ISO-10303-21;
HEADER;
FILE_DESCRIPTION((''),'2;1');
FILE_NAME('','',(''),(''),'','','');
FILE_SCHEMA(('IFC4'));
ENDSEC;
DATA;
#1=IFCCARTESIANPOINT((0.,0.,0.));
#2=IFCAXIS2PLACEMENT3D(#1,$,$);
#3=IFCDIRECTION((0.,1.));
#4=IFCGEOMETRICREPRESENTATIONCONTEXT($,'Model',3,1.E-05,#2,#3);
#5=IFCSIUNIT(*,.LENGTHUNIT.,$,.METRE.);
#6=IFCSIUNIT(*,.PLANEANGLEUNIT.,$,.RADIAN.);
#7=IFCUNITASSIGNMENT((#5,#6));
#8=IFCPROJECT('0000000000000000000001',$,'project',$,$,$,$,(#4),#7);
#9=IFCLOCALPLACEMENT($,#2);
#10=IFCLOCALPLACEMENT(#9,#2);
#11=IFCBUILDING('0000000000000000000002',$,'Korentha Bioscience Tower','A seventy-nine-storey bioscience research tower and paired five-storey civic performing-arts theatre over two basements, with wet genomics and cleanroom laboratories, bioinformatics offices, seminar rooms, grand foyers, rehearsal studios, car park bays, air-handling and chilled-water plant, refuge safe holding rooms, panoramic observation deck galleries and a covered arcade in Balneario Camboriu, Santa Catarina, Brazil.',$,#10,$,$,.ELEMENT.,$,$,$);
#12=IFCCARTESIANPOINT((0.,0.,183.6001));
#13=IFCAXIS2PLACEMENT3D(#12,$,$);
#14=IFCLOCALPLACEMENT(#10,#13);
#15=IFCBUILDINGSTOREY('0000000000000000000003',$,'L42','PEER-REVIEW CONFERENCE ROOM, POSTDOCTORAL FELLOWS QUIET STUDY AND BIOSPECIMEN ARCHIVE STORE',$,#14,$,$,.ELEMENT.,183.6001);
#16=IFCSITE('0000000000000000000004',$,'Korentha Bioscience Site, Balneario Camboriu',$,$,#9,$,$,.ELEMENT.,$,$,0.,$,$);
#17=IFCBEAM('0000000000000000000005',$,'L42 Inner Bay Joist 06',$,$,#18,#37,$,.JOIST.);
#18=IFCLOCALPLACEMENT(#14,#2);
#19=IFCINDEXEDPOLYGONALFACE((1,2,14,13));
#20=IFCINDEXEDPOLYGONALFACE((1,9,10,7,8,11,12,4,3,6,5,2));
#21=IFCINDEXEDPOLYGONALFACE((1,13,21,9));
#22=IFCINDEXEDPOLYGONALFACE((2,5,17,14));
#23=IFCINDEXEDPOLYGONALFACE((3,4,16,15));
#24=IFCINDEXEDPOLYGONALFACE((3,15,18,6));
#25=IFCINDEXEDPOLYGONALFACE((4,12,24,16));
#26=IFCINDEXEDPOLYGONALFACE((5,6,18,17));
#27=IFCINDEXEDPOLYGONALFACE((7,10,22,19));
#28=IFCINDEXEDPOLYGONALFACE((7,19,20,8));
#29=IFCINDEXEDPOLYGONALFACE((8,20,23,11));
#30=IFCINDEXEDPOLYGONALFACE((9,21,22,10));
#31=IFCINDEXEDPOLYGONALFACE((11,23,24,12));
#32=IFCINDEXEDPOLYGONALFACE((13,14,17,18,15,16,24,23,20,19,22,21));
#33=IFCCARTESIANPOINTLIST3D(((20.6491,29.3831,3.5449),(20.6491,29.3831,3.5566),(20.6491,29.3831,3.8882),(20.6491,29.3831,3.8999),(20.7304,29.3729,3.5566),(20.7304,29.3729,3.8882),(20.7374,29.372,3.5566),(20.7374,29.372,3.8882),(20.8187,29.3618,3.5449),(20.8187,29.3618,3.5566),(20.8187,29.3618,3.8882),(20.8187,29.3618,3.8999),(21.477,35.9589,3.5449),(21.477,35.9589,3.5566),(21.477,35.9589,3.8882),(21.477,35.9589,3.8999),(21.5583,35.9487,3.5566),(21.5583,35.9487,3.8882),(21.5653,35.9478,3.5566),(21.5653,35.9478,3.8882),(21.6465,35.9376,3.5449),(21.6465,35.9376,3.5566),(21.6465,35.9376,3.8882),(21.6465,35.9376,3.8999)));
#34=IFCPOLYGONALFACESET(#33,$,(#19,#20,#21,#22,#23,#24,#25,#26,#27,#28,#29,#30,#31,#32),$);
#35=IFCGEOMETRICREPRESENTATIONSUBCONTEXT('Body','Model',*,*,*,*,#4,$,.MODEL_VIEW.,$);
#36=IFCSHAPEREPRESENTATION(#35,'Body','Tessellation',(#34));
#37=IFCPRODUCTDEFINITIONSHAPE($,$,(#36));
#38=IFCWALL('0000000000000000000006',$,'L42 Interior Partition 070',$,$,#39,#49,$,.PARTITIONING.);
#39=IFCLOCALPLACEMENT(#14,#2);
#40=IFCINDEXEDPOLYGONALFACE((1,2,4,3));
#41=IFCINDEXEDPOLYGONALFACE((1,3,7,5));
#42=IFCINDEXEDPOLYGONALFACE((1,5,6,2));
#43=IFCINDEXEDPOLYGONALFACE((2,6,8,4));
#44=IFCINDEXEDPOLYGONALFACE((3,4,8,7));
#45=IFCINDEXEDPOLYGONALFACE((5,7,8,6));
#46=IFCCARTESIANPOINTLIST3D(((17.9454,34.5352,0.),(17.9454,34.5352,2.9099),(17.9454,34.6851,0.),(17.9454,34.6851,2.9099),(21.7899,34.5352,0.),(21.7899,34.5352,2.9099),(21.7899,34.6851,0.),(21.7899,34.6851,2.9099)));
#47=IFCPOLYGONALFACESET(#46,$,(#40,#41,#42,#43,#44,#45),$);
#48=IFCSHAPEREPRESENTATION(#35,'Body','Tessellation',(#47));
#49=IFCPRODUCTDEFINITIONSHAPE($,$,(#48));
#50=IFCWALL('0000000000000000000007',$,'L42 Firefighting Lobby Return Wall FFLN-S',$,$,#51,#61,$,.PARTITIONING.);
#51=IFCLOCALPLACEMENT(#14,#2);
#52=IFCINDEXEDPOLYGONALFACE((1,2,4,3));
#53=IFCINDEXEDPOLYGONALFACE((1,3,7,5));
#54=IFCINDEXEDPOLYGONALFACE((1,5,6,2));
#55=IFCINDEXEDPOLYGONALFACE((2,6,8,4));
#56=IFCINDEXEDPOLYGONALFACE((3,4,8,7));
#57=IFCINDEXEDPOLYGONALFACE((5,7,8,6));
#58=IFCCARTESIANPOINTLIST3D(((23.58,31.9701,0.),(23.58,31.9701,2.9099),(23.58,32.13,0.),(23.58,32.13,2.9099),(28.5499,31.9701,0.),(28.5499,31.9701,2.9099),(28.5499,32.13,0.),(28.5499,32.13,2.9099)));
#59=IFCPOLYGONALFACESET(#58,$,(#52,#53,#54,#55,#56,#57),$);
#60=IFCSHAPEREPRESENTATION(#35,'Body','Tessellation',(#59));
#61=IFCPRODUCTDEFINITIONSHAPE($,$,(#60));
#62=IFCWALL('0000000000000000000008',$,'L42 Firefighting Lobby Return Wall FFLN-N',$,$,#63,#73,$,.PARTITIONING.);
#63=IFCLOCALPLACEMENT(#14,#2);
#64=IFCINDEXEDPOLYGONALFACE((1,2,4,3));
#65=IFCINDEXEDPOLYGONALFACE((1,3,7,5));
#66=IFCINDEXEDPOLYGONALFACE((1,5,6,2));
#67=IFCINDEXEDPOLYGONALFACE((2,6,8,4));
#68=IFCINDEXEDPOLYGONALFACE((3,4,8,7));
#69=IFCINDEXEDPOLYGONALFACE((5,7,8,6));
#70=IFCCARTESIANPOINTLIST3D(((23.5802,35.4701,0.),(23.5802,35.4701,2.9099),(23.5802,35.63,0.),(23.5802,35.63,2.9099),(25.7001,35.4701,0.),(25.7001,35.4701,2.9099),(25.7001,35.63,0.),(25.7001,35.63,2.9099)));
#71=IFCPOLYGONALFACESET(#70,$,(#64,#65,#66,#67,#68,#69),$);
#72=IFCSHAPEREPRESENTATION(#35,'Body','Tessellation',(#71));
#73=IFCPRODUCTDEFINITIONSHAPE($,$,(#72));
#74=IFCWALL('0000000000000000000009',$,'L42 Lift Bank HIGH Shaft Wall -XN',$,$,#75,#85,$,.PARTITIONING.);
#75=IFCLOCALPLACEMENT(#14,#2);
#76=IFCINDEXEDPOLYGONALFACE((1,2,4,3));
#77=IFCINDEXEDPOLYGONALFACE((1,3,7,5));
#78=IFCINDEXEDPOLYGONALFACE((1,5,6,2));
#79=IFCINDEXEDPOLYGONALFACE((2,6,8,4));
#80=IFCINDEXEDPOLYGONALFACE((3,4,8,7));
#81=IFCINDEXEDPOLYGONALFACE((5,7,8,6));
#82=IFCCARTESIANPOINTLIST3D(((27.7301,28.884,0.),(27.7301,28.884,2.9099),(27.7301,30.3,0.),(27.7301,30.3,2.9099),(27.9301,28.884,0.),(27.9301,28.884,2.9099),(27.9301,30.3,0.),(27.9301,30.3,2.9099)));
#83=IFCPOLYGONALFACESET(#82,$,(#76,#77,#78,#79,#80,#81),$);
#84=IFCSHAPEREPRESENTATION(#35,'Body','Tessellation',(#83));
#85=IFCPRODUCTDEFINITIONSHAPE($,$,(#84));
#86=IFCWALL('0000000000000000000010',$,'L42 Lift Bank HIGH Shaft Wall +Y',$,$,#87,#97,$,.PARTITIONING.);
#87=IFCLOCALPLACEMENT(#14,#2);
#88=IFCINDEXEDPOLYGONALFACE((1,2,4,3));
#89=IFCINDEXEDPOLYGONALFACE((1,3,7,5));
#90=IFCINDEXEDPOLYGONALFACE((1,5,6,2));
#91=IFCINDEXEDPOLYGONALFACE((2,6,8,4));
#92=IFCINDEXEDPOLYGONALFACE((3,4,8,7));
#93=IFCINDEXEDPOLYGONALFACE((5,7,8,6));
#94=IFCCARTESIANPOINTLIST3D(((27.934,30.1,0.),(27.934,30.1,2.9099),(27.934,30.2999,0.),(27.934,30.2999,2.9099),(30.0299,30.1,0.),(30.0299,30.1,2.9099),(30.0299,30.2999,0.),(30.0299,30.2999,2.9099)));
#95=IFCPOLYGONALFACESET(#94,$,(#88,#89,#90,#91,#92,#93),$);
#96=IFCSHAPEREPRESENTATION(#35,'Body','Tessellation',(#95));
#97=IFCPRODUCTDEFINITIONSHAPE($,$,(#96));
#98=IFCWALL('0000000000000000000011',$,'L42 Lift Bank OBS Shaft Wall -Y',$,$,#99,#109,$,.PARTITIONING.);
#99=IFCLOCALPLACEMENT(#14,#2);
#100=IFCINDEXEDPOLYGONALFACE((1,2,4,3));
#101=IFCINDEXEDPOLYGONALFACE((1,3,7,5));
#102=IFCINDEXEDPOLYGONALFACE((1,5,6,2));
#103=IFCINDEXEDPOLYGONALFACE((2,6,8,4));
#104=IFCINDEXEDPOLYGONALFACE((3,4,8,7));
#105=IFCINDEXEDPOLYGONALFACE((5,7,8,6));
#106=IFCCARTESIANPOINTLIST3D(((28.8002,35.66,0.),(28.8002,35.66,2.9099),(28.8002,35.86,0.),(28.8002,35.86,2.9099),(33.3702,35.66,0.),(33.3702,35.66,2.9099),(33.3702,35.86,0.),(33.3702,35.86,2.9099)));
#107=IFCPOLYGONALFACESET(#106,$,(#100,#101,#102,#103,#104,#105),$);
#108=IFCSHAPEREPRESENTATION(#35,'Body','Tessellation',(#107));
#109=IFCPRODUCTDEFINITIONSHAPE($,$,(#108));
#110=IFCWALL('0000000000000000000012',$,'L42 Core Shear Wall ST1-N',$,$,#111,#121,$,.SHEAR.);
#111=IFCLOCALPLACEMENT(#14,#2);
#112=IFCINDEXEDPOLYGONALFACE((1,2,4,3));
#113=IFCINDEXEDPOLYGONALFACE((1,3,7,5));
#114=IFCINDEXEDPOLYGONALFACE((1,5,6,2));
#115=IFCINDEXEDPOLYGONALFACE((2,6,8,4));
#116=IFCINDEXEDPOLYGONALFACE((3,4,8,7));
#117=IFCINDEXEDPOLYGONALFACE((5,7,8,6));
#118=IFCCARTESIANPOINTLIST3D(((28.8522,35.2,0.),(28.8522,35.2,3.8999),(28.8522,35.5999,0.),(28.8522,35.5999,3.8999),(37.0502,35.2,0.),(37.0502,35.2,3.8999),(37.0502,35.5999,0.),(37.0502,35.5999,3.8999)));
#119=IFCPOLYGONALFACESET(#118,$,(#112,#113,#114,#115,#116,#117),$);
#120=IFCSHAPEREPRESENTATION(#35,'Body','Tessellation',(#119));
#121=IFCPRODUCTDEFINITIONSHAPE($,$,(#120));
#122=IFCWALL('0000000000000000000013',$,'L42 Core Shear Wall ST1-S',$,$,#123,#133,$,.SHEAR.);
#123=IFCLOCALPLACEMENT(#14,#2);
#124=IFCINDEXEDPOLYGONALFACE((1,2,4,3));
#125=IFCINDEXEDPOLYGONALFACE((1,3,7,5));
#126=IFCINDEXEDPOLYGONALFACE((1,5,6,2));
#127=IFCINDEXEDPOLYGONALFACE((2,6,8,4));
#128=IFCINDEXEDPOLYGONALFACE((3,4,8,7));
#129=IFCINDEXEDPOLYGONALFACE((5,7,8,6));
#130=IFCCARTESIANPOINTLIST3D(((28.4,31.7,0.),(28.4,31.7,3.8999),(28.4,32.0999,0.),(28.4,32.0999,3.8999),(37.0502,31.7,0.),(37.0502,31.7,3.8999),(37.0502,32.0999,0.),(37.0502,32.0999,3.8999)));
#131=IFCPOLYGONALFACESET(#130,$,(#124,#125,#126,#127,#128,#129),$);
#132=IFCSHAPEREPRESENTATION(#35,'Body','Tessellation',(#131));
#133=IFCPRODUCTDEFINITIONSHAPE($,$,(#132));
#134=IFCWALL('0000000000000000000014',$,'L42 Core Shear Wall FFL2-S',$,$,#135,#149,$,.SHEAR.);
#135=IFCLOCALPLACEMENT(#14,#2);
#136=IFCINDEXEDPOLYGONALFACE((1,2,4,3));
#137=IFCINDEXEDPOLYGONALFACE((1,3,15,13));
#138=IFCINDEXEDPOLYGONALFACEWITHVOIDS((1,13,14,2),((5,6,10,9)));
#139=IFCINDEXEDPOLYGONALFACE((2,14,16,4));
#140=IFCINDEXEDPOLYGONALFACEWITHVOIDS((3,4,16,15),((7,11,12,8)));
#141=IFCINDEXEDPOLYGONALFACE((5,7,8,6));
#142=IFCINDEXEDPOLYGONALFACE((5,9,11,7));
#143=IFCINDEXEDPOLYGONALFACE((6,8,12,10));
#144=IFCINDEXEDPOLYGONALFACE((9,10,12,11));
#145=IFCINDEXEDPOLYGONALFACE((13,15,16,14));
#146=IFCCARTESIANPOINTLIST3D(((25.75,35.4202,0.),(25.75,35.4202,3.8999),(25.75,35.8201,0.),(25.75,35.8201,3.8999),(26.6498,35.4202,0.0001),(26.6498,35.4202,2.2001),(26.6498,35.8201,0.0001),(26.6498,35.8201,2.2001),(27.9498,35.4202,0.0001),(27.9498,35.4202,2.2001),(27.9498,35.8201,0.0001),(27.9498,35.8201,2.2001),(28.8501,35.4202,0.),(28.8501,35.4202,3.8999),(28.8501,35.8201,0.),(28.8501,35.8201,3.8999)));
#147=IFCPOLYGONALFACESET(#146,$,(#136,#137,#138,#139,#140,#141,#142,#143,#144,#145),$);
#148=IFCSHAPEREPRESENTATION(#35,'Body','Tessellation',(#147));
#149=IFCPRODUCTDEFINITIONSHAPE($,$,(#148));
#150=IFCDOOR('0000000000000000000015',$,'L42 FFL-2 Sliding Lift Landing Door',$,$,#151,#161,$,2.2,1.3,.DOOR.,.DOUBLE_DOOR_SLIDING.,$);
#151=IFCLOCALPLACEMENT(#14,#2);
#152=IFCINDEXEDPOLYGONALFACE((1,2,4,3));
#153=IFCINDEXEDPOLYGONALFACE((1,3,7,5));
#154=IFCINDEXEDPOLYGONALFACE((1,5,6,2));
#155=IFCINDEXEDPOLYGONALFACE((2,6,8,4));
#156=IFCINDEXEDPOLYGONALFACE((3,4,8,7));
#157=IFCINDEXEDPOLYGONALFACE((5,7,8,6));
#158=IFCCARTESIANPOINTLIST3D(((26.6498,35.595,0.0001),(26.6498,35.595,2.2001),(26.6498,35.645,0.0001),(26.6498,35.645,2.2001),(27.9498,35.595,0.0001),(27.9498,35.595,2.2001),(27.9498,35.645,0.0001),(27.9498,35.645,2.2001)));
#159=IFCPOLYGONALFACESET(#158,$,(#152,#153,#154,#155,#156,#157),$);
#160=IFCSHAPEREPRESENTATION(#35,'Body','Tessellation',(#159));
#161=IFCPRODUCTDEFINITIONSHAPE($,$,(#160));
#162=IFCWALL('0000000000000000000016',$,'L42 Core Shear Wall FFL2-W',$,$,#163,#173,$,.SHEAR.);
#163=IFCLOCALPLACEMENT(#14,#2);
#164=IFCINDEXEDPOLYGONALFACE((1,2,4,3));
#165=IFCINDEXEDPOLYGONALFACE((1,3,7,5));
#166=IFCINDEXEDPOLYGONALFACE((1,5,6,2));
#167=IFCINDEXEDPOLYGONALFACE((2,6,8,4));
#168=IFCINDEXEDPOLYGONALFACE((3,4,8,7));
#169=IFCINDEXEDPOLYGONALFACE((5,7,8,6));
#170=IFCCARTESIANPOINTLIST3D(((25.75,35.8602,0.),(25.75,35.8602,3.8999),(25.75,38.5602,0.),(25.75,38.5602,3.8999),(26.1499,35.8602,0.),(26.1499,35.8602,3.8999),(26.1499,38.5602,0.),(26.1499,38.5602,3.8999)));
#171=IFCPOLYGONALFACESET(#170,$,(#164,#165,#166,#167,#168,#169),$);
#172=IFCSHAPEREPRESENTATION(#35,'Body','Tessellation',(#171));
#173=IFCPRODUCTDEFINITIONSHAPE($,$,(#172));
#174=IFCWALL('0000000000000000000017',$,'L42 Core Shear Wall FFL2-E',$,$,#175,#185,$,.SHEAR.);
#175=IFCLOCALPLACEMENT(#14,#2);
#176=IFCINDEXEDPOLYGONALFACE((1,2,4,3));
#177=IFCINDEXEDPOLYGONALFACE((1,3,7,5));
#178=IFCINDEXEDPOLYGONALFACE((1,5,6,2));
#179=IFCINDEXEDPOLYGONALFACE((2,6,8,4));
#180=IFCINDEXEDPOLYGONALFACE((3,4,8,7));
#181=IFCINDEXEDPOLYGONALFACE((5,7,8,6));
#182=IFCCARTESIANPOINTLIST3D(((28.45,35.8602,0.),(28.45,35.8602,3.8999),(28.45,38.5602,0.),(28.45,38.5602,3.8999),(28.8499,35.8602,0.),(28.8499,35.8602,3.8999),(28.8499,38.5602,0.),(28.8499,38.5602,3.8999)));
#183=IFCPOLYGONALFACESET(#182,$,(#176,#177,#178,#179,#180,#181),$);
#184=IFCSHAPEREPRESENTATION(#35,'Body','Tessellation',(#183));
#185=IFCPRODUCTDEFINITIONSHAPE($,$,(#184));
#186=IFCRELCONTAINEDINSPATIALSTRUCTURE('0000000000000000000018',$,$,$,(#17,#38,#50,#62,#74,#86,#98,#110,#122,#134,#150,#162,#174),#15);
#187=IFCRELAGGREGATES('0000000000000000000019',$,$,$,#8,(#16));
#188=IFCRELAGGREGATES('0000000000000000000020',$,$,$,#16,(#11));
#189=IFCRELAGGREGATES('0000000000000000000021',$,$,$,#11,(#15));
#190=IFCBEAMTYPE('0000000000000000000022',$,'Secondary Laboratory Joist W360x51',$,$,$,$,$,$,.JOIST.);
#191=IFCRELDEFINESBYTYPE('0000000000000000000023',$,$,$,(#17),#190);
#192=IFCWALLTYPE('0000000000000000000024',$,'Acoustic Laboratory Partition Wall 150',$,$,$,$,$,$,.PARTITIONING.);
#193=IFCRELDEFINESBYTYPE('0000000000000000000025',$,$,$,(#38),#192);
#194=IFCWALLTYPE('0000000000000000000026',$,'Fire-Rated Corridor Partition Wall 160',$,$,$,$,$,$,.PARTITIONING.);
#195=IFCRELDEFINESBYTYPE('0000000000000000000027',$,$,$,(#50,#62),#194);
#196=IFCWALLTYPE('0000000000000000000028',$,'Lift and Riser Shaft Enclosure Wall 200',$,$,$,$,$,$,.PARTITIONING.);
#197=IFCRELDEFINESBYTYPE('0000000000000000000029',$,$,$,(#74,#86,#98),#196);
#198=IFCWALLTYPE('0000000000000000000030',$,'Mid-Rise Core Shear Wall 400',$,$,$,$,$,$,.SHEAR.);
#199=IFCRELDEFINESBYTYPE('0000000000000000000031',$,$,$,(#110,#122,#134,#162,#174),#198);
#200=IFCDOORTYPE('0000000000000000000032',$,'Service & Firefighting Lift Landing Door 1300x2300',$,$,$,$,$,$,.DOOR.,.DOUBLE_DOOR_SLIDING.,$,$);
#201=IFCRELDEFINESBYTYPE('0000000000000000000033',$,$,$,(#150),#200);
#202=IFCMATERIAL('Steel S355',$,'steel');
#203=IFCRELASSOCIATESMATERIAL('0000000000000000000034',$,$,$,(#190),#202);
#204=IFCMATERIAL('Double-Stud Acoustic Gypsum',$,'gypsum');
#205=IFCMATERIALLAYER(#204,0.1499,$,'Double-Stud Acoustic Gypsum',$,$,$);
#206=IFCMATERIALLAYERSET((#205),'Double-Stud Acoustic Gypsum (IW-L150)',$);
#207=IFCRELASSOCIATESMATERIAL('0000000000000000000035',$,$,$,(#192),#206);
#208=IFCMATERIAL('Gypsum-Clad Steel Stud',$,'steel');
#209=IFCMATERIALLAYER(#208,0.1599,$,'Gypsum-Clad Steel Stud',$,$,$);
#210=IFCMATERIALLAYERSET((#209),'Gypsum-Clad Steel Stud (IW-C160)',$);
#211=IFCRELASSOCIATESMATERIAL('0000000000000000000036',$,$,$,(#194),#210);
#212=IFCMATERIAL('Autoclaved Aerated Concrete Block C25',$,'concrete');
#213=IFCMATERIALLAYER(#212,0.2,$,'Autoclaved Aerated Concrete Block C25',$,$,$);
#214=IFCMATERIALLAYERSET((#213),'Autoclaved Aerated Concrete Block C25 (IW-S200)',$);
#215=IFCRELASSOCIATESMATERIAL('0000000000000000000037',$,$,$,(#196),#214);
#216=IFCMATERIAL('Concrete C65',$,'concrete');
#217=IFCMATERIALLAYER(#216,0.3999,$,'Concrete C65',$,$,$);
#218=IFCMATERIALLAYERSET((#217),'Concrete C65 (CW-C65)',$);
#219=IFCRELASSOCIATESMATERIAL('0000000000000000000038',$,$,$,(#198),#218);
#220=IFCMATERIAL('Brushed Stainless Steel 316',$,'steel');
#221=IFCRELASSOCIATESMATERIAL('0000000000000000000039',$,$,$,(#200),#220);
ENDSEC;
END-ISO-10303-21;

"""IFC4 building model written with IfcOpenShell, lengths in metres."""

from ifc_helpers import new_model, si_unit, direction, frame, frame_2d, origin, origin_2d, place, context, subcontext, project, spatial, rectangle, i_section, extrude, material, layer, layer_set, material_profile, profile_set, type_object, element, fill, save


model = new_model("IFC4")

# Units and contexts
model_context = context("Model", 3, precision=1e-05, world=origin(), true_north=direction((0.0, 1.0)))
body_context = subcontext(model_context, "Body", "Model", "MODEL_VIEW")
ifc_project = project(units=[si_unit("LENGTHUNIT", "METRE"), si_unit("PLANEANGLEUNIT", "RADIAN")], contexts=[model_context])

# Site, building, storey
site_placement = place(None, origin())
site = spatial("IfcSite", under=ifc_project, at=site_placement, Name="Korentha Bioscience Site, Balneario Camboriu", CompositionType="ELEMENT", RefElevation=0.0)
building_placement = place(site_placement, origin())
building = spatial("IfcBuilding", under=site, at=building_placement, Name="Korentha Bioscience Tower", Description="A seventy-nine-storey bioscience research tower and paired five-storey civic performing-arts theatre over two basements, with wet genomics and cleanroom laboratories, bioinformatics offices, seminar rooms, grand foyers, rehearsal studios, car park bays, air-handling and chilled-water plant, refuge safe holding rooms, panoramic observation deck galleries and a covered arcade in Balneario Camboriu, Santa Catarina, Brazil.", CompositionType="ELEMENT")
storey_placement = place(building_placement, frame((0.0, 0.0, 183.6001)))
storey = spatial("IfcBuildingStorey", under=building, at=storey_placement, Name="L42", Description="PEER-REVIEW CONFERENCE ROOM, POSTDOCTORAL FELLOWS QUIET STUDY AND BIOSPECIMEN ARCHIVE STORE", CompositionType="ELEMENT", Elevation=183.6001)

# Shared definitions
ifc_material_1 = material(Name="Concrete C65", Category="concrete")

# Beam
ifc_material_2 = material(Name="Steel S355", Category="steel")
ifc_material_profile_1 = material_profile(ifc_material_2, i_section(OverallWidth=0.1709, OverallDepth=0.355, WebThickness=0.0071, FlangeThickness=0.0117, at=origin_2d()), Name="Steel S355")
ifc_profile_set_1 = profile_set([ifc_material_profile_1], Name="Steel S355 (JB-360)")
beam_type_1 = type_object("IfcBeamType", Name="Secondary Laboratory Joist W360x51", PredefinedType="JOIST", material=ifc_profile_set_1)
beam_1_placement = place(storey_placement, frame((21.5618, 35.9482, 3.7224), z_axis=(-0.124914, -0.992168, 0.0), x_axis=(0.992168, -0.124914, 0.0)))
element("IfcBeam", 1, at=beam_1_placement, inside=storey, type_object=beam_type_1, Name="L42 Inner Bay Joist 06", PredefinedType="JOIST", context=body_context, shape_type="SweptSolid", body=[
    extrude(i_section(OverallWidth=0.1709, OverallDepth=0.355, WebThickness=0.0071, FlangeThickness=0.0117, at=origin_2d()), origin(), (0.0, 0.0, 1.0), 6.6277),
])

# Wall
ifc_material_3 = material(Name="Double-Stud Acoustic Gypsum", Category="gypsum")
ifc_layer_1 = layer(ifc_material_3, 0.1499, Name="Double-Stud Acoustic Gypsum")
ifc_layer_set_1 = layer_set([ifc_layer_1], Name="Double-Stud Acoustic Gypsum (IW-L150)")
wall_type_1 = type_object("IfcWallType", Name="Acoustic Laboratory Partition Wall 150", PredefinedType="PARTITIONING", material=ifc_layer_set_1)
wall_1_placement = place(storey_placement, frame((21.79, 34.6101, 0.0), z_axis=(0.0, 0.0, 1.0), x_axis=(-1.0, 0.0, 0.0)))
element("IfcWall", 2, at=wall_1_placement, inside=storey, type_object=wall_type_1, Name="L42 Interior Partition 070", PredefinedType="PARTITIONING", context=body_context, shape_type="SweptSolid", body=[
    extrude(rectangle(XDim=3.8445, YDim=0.1499, at=frame_2d((1.9224, 0.0))), origin(), (0.0, 0.0, 1.0), 2.9099),
])

# Shared definitions
ifc_material_4 = material(Name="Gypsum-Clad Steel Stud", Category="steel")
ifc_layer_2 = layer(ifc_material_4, 0.1599, Name="Gypsum-Clad Steel Stud")
ifc_layer_set_2 = layer_set([ifc_layer_2], Name="Gypsum-Clad Steel Stud (IW-C160)")
wall_type_2 = type_object("IfcWallType", Name="Fire-Rated Corridor Partition Wall 160", PredefinedType="PARTITIONING", material=ifc_layer_set_2)

# Walls
wall_2_placement = place(storey_placement, frame((23.5801, 32.05, 0.0), z_axis=(0.0, 0.0, 1.0), x_axis=(1.0, 0.0, 0.0)))
element("IfcWall", 3, at=wall_2_placement, inside=storey, type_object=wall_type_2, Name="L42 Firefighting Lobby Return Wall FFLN-S", PredefinedType="PARTITIONING", context=body_context, shape_type="SweptSolid", body=[
    extrude(rectangle(XDim=4.97, YDim=0.1599, at=frame_2d((2.4849, 0.0))), origin(), (0.0, 0.0, 1.0), 2.9099),
])
wall_3_placement = place(storey_placement, frame((23.5801, 35.55, 0.0), z_axis=(0.0, 0.0, 1.0), x_axis=(1.0, 0.0, 0.0)))
element("IfcWall", 4, at=wall_3_placement, inside=storey, type_object=wall_type_2, Name="L42 Firefighting Lobby Return Wall FFLN-N", PredefinedType="PARTITIONING", context=body_context, shape_type="SweptSolid", body=[
    extrude(rectangle(XDim=2.1199, YDim=0.1599, at=frame_2d((1.0601, 0.0))), origin(), (0.0, 0.0, 1.0), 2.9099),
])
ifc_material_5 = material(Name="Autoclaved Aerated Concrete Block C25", Category="concrete")
ifc_layer_3 = layer(ifc_material_5, 0.2, Name="Autoclaved Aerated Concrete Block C25")
ifc_layer_set_3 = layer_set([ifc_layer_3], Name="Autoclaved Aerated Concrete Block C25 (IW-S200)")
wall_type_3 = type_object("IfcWallType", Name="Lift and Riser Shaft Enclosure Wall 200", PredefinedType="PARTITIONING", material=ifc_layer_set_3)
wall_4_placement = place(storey_placement, frame((27.8301, 28.884, 0.0), z_axis=(0.0, 0.0, 1.0), x_axis=(0.0, 1.0, 0.0)))
element("IfcWall", 5, at=wall_4_placement, inside=storey, type_object=wall_type_3, Name="L42 Lift Bank HIGH Shaft Wall -XN", PredefinedType="PARTITIONING", context=body_context, shape_type="SweptSolid", body=[
    extrude(rectangle(XDim=1.416, YDim=0.2, at=frame_2d((0.708, 0.0))), origin(), (0.0, 0.0, 1.0), 2.9099),
])
wall_5_placement = place(storey_placement, frame((27.9341, 30.2, 0.0), z_axis=(0.0, 0.0, 1.0), x_axis=(1.0, 0.0, 0.0)))
element("IfcWall", 6, at=wall_5_placement, inside=storey, type_object=wall_type_3, Name="L42 Lift Bank HIGH Shaft Wall +Y", PredefinedType="PARTITIONING", context=body_context, shape_type="SweptSolid", body=[
    extrude(rectangle(XDim=2.0959, YDim=0.2, at=frame_2d((1.0479, 0.0))), origin(), (0.0, 0.0, 1.0), 2.9099),
])
wall_6_placement = place(storey_placement, frame((28.8, 35.76, 0.0), z_axis=(0.0, 0.0, 1.0), x_axis=(1.0, 0.0, 0.0)))
element("IfcWall", 7, at=wall_6_placement, inside=storey, type_object=wall_type_3, Name="L42 Lift Bank OBS Shaft Wall -Y", PredefinedType="PARTITIONING", context=body_context, shape_type="SweptSolid", body=[
    extrude(rectangle(XDim=4.5701, YDim=0.2, at=frame_2d((2.2852, 0.0))), origin(), (0.0, 0.0, 1.0), 2.9099),
])
ifc_layer_4 = layer(ifc_material_1, 0.3999, Name="Concrete C65")
ifc_layer_set_4 = layer_set([ifc_layer_4], Name="Concrete C65 (CW-C65)")
wall_type_4 = type_object("IfcWallType", Name="Mid-Rise Core Shear Wall 400", PredefinedType="SHEAR", material=ifc_layer_set_4)
wall_7_placement = place(storey_placement, frame((28.8521, 35.3999, 0.0), z_axis=(0.0, 0.0, 1.0), x_axis=(1.0, 0.0, 0.0)))
element("IfcWall", 8, at=wall_7_placement, inside=storey, type_object=wall_type_4, Name="L42 Core Shear Wall ST1-N", PredefinedType="SHEAR", context=body_context, shape_type="SweptSolid", body=[
    extrude(rectangle(XDim=8.198, YDim=0.3999, at=frame_2d((4.0991, 0.0))), origin(), (0.0, 0.0, 1.0), 3.8999),
])
wall_8_placement = place(storey_placement, frame((28.3999, 31.8999, 0.0), z_axis=(0.0, 0.0, 1.0), x_axis=(1.0, 0.0, 0.0)))
element("IfcWall", 9, at=wall_8_placement, inside=storey, type_object=wall_type_4, Name="L42 Core Shear Wall ST1-S", PredefinedType="SHEAR", context=body_context, shape_type="SweptSolid", body=[
    extrude(rectangle(XDim=8.6501, YDim=0.3999, at=frame_2d((4.3252, 0.0))), origin(), (0.0, 0.0, 1.0), 3.8999),
])

# Wall, opening, door
wall_9_placement = place(storey_placement, frame((25.75, 35.6201, 0.0), z_axis=(0.0, 0.0, 1.0), x_axis=(1.0, 0.0, 0.0)))
wall_9 = element("IfcWall", 10, at=wall_9_placement, inside=storey, type_object=wall_type_4, Name="L42 Core Shear Wall FFL2-S", PredefinedType="SHEAR", context=body_context, shape_type="SweptSolid", body=[
    extrude(rectangle(XDim=3.1001, YDim=0.3999, at=frame_2d((1.55, 0.0))), origin(), (0.0, 0.0, 1.0), 3.8999),
])
opening_1_placement = place(wall_9_placement, frame((0.8999, 0.0, 0.0)))
opening_1 = element("IfcOpeningElement", 11, at=opening_1_placement, cuts=wall_9, PredefinedType="OPENING", context=body_context, shape_type="SweptSolid", body=[
    extrude(rectangle(XDim=1.3, YDim=2.2, at=frame_2d((0.6499, 1.1001))), frame((0.0, 0.2148, 0.0), z_axis=(0.0, -1.0, 0.0), x_axis=(1.0, 0.0, 0.0)), (0.0, 0.0, 1.0), 0.4297),
])
ifc_material_6 = material(Name="Brushed Stainless Steel 316", Category="steel")
door_type_1 = type_object("IfcDoorType", Name="Service & Firefighting Lift Landing Door 1300x2300", OperationType="DOUBLE_DOOR_SLIDING", PredefinedType="DOOR", material=ifc_material_6)
door_1_placement = place(opening_1_placement, origin())
door_1 = element("IfcDoor", 12, at=door_1_placement, inside=storey, type_object=door_type_1, Name="L42 FFL-2 Sliding Lift Landing Door", OperationType="DOUBLE_DOOR_SLIDING", OverallHeight=2.2, OverallWidth=1.3, PredefinedType="DOOR", context=body_context, shape_type="SweptSolid", body=[
    extrude(rectangle(XDim=1.3, YDim=2.2, at=frame_2d((0.6499, 1.1001))), frame((0.0, 0.0249, 0.0), z_axis=(0.0, -1.0, 0.0), x_axis=(1.0, 0.0, 0.0)), (0.0, 0.0, 1.0), 0.05),
])
fill(opening_1, door_1)

# Walls
for number, where, z_axis, x_axis, name in (
    (13, (25.95, 35.8601, 0.0), (0.0, 0.0, 1.0), (0.0, 1.0, 0.0), "L42 Core Shear Wall FFL2-W"),
    (14, (28.6499, 35.8601, 0.0), (0.0, 0.0, 1.0), (0.0, 1.0, 0.0), "L42 Core Shear Wall FFL2-E"),
):
    element("IfcWall", number, at=place(storey_placement, frame(where, z_axis=z_axis, x_axis=x_axis)), inside=storey, type_object=wall_type_4, Name=name, PredefinedType="SHEAR", context=body_context, shape_type="SweptSolid", body=[
        extrude(rectangle(XDim=2.7, YDim=0.3999, at=frame_2d((1.3501, 0.0))), origin(), (0.0, 0.0, 1.0), 3.8999),
    ])

save(model, "model.ifc")
